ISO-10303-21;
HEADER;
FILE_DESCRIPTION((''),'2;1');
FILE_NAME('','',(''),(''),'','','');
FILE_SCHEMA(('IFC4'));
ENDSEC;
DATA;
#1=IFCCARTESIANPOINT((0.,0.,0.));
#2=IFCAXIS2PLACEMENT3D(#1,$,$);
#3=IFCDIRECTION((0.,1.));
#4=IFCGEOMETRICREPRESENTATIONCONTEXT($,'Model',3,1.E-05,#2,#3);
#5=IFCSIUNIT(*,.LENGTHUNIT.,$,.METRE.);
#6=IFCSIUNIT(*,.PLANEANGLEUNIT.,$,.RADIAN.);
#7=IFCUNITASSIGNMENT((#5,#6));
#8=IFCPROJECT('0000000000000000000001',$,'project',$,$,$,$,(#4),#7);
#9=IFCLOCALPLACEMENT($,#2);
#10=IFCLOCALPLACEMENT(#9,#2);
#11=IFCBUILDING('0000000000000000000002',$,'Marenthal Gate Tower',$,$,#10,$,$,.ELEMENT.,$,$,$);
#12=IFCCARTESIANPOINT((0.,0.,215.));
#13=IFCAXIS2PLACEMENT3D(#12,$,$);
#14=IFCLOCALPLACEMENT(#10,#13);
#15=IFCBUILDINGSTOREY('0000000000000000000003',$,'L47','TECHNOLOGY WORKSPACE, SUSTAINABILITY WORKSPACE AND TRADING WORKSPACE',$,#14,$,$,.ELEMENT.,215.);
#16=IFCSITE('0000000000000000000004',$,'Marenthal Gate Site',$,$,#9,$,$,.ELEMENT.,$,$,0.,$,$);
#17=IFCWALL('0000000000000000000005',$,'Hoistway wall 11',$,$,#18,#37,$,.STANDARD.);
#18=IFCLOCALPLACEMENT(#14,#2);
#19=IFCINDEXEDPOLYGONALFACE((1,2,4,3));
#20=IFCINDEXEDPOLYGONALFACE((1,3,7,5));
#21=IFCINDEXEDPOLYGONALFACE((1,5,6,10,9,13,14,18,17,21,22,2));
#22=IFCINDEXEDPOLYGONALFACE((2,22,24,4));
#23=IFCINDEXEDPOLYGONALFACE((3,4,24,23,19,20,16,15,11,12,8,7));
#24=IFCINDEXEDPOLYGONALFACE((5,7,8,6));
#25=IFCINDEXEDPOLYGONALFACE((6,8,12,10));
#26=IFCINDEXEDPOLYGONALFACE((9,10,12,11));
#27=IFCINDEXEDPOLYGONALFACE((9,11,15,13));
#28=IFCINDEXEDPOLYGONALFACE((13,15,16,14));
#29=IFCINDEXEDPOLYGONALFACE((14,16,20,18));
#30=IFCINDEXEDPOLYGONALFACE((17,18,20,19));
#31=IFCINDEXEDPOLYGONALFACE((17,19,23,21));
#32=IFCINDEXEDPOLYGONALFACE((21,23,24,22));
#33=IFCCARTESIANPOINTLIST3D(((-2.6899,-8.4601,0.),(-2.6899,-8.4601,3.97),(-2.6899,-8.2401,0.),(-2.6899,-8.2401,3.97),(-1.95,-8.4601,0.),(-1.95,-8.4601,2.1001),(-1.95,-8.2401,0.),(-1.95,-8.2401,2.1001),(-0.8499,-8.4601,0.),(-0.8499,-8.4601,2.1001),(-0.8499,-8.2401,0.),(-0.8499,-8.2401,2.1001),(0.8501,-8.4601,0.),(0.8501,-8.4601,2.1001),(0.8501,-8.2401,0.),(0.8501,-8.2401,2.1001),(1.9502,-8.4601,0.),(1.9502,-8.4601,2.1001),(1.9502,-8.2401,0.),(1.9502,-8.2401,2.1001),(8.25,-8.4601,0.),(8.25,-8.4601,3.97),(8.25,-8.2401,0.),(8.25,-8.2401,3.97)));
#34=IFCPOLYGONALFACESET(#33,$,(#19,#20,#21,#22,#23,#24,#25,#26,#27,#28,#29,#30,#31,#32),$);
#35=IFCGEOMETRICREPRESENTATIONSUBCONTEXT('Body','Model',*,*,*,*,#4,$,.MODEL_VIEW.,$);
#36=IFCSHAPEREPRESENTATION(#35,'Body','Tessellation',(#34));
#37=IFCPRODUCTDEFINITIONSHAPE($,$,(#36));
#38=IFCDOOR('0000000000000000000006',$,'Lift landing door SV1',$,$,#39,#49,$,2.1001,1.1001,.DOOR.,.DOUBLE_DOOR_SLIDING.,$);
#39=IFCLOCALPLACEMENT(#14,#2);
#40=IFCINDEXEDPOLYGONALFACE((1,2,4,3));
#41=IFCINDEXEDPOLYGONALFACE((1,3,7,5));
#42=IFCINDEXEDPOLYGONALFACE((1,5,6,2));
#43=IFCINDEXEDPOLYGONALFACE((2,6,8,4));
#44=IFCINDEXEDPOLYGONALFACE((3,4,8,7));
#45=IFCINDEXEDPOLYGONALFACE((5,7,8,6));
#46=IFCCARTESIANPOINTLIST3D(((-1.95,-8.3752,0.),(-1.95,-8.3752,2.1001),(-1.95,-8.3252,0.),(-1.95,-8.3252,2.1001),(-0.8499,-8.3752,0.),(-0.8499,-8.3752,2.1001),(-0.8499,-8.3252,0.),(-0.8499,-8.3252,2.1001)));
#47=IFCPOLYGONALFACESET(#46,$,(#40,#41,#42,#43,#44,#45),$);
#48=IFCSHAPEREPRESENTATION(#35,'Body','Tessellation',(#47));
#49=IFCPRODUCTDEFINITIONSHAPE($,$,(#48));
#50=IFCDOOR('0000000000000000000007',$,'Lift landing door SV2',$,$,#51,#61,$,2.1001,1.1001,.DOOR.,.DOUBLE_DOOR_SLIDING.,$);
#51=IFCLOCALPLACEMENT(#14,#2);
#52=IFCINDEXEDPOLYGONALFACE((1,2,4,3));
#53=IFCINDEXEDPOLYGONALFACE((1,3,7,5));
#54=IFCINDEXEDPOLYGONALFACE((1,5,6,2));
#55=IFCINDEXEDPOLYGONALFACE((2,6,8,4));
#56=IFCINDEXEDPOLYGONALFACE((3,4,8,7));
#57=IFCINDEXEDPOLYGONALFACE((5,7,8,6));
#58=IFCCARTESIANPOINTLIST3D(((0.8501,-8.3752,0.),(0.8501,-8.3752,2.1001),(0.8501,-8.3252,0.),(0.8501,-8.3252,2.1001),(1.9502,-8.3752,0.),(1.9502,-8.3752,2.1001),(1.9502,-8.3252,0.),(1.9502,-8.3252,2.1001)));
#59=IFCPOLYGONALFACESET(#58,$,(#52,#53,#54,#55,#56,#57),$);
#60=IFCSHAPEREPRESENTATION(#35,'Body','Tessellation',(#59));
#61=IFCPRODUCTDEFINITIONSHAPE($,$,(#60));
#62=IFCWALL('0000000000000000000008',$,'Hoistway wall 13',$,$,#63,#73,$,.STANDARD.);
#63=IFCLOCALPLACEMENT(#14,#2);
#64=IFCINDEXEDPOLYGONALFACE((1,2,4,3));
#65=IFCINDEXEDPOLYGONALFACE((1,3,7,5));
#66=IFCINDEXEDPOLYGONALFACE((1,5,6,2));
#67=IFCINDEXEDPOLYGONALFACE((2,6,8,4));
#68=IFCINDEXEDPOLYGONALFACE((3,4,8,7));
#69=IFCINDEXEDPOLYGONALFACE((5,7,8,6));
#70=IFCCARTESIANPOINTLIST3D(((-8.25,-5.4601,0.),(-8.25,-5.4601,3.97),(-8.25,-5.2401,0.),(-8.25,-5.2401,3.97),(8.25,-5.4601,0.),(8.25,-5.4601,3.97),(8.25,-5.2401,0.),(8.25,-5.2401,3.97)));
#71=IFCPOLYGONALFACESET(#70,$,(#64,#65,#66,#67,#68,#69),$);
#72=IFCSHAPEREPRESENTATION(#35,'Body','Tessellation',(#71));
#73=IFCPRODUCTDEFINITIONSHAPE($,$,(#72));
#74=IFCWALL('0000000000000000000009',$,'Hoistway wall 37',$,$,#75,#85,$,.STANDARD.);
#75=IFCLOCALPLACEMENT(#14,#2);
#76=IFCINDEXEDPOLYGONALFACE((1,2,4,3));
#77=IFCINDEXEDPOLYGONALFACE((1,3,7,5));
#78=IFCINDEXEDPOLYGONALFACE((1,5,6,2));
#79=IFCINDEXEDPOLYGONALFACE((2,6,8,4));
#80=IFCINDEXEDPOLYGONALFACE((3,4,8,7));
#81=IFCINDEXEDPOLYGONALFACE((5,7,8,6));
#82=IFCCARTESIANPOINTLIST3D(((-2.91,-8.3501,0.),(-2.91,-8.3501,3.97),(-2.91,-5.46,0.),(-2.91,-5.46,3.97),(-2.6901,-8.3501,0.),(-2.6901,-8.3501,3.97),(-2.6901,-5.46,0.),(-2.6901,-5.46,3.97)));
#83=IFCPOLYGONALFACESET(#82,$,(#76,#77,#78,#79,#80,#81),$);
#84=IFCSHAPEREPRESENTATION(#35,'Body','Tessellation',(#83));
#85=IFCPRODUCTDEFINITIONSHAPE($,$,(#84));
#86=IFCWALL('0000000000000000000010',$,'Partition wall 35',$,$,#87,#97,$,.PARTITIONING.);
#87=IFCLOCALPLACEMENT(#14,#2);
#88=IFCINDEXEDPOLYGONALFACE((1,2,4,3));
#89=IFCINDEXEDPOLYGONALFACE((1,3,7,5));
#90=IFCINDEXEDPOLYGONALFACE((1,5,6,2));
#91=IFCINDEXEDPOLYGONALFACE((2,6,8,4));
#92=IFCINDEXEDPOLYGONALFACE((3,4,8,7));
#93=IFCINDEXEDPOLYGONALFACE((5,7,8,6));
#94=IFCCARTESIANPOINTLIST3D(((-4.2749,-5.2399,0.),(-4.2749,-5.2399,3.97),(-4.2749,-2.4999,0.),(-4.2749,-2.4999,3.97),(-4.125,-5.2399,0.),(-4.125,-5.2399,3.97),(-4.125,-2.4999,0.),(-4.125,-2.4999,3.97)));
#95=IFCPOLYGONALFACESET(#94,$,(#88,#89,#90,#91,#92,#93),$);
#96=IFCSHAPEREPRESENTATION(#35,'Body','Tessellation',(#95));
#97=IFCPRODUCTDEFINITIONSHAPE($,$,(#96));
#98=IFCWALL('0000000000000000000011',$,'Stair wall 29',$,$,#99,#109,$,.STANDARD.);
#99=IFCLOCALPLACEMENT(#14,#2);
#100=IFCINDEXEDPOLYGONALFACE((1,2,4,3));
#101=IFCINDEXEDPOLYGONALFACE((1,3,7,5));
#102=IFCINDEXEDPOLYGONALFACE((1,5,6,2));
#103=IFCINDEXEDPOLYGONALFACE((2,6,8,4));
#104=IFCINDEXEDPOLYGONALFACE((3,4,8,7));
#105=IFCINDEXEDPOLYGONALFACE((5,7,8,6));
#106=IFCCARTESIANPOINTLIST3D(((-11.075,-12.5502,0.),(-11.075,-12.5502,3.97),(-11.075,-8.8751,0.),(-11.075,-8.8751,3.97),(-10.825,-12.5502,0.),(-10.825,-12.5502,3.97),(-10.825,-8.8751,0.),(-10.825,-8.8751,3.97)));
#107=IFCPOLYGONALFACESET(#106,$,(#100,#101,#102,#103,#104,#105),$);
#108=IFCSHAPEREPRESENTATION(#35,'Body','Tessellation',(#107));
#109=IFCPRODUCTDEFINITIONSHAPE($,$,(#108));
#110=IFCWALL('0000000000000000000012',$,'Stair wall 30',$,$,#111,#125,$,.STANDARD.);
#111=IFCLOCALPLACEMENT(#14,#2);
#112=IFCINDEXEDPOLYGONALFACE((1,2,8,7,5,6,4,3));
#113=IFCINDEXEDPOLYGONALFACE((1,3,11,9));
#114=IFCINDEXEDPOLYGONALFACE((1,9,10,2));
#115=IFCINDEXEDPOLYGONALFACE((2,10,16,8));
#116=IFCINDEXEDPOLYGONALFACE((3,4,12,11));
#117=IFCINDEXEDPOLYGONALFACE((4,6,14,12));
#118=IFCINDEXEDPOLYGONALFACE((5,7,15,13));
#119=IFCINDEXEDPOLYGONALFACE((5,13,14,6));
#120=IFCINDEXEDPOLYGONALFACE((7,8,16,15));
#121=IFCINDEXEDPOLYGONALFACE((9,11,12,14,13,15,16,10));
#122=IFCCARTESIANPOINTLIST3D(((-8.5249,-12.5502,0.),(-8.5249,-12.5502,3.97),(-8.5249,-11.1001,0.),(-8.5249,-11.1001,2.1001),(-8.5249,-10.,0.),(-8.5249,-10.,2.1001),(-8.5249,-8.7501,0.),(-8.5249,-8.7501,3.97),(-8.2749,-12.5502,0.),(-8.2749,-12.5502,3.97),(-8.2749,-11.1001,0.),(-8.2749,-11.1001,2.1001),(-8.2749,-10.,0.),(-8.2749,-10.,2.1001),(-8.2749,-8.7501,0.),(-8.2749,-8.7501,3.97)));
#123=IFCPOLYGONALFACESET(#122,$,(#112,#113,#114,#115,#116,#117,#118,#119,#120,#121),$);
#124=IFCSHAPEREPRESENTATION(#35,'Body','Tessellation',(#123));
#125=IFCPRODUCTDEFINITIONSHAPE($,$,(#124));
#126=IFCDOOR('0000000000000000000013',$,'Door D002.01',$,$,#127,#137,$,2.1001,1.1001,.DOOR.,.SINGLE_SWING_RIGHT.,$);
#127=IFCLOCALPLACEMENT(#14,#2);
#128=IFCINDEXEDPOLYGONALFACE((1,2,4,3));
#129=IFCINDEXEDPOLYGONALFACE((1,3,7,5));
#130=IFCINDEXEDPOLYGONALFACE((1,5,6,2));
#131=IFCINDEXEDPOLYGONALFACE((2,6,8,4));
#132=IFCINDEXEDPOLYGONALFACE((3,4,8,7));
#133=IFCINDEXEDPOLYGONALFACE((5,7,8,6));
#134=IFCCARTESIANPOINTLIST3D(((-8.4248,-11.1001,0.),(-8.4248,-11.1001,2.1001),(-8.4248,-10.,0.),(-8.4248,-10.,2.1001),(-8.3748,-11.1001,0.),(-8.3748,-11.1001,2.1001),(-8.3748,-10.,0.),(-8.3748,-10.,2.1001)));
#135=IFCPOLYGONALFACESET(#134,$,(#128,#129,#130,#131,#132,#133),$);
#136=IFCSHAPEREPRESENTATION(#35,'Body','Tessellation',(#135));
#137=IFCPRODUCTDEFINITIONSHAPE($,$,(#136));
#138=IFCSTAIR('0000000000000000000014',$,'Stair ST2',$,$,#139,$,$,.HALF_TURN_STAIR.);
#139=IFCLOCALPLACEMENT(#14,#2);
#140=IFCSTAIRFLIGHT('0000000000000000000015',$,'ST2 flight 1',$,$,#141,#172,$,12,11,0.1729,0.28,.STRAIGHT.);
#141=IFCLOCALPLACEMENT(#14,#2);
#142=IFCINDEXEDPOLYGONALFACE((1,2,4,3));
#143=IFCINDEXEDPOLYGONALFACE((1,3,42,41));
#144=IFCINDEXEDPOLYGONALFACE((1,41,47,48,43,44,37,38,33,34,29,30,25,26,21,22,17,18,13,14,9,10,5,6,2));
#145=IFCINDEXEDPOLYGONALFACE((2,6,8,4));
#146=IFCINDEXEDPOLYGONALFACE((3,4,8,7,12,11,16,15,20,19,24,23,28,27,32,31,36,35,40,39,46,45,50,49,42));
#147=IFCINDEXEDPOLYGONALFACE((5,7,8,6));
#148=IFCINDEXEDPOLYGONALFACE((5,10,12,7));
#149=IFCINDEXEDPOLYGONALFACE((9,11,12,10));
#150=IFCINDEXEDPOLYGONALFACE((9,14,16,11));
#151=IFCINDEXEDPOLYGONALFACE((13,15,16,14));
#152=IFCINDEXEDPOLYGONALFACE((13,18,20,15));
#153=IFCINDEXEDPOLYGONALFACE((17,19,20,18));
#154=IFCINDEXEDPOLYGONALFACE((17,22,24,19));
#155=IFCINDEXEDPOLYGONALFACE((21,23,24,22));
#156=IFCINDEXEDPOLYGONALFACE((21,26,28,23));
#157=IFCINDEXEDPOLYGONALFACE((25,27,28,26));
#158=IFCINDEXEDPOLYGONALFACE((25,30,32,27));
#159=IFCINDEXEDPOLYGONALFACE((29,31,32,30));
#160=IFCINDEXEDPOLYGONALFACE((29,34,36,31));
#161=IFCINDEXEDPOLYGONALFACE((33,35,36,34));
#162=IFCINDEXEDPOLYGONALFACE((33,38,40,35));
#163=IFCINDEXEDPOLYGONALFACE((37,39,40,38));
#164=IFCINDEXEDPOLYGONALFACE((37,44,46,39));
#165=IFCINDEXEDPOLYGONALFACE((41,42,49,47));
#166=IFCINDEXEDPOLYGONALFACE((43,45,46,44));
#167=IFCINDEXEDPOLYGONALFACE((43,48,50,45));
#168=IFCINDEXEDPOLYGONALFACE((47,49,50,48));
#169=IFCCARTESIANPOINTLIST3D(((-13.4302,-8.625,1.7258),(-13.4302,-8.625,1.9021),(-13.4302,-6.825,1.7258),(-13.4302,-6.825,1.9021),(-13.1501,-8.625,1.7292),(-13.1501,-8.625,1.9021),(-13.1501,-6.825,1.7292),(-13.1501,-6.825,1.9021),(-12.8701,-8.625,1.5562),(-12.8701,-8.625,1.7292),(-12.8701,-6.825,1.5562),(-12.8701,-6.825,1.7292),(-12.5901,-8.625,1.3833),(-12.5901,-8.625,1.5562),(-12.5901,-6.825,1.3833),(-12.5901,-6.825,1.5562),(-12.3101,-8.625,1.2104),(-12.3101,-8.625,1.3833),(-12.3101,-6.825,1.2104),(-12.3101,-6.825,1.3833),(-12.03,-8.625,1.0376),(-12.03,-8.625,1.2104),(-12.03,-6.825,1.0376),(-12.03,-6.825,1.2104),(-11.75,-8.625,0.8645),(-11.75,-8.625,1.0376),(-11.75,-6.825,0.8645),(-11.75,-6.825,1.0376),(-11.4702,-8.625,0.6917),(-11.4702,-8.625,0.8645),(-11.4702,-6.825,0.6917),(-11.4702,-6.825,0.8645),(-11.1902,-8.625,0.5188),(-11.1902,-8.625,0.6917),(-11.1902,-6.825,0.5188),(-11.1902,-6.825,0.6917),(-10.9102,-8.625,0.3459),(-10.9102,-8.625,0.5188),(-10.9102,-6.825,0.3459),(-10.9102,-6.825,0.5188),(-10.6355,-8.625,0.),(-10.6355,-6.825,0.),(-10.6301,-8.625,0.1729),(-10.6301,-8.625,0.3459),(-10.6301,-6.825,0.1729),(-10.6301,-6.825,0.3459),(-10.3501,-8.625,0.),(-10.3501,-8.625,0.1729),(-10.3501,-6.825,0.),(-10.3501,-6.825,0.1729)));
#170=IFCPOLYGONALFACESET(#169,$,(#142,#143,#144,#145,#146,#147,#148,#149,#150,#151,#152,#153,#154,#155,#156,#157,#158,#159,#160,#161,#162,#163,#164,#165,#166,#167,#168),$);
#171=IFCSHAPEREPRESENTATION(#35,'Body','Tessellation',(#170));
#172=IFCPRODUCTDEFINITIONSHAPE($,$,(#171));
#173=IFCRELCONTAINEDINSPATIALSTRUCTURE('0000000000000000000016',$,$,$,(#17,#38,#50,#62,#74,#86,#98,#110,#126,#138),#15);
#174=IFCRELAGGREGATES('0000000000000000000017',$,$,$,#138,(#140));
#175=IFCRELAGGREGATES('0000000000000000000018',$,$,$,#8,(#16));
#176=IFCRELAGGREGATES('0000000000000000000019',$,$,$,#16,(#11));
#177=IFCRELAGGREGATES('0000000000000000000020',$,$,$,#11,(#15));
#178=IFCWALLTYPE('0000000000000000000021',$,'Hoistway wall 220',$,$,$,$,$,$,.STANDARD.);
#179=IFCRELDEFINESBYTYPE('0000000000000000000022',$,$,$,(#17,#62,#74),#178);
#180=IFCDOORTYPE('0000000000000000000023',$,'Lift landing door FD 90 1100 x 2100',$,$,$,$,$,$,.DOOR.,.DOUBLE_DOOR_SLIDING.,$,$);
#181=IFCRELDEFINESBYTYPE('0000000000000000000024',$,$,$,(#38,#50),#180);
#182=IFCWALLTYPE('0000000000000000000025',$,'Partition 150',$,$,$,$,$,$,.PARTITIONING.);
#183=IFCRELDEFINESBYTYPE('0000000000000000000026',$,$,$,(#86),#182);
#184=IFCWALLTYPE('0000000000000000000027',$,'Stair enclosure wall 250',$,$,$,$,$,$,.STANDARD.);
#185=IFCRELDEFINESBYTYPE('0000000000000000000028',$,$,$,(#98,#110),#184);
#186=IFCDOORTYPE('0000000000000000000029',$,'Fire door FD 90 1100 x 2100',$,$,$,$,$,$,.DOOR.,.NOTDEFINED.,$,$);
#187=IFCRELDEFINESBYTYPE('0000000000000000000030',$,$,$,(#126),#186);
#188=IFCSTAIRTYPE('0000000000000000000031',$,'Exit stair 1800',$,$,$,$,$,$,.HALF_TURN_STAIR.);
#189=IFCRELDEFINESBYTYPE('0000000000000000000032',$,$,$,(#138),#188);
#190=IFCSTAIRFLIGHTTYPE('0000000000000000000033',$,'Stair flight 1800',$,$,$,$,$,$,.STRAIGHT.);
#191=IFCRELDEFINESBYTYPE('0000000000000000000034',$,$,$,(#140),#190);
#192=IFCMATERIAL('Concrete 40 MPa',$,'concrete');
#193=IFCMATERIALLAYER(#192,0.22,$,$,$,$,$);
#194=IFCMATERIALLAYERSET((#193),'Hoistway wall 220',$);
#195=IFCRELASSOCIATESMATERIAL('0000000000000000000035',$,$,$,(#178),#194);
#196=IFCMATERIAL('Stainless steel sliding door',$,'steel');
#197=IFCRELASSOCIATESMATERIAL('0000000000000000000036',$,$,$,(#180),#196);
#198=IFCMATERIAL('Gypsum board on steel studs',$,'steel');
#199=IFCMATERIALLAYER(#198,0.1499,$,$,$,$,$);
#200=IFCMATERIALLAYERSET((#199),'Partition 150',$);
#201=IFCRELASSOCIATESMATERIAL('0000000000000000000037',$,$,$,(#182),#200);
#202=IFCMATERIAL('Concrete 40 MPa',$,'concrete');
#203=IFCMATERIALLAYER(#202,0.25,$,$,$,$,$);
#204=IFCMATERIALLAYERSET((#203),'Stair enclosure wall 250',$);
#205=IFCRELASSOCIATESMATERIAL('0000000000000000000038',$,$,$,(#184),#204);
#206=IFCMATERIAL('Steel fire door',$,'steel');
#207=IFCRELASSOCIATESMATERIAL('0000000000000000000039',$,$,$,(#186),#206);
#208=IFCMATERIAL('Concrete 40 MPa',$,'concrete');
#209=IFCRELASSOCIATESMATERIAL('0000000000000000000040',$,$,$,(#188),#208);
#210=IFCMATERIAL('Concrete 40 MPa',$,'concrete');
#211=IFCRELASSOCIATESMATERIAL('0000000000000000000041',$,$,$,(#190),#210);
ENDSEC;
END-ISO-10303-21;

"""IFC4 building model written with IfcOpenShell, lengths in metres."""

from ifc_helpers import new_model, si_unit, direction, frame, frame_2d, origin, place, context, subcontext, project, spatial, polyline, rectangle, outline, extrude, material, layer, layer_set, type_object, element, fill, aggregate, save


model = new_model("IFC4")

# Units and contexts
model_context = context("Model", 3, precision=1e-05, world=origin(), true_north=direction((0.0, 1.0)))
body_context = subcontext(model_context, "Body", "Model", "MODEL_VIEW")
ifc_project = project(units=[si_unit("LENGTHUNIT", "METRE"), si_unit("PLANEANGLEUNIT", "RADIAN")], contexts=[model_context])

# Site, building, storey
site_placement = place(None, origin())
site = spatial("IfcSite", under=ifc_project, at=site_placement, Name="Marenthal Gate Site", CompositionType="ELEMENT", RefElevation=0.0)
building_placement = place(site_placement, origin())
building = spatial("IfcBuilding", under=site, at=building_placement, Name="Marenthal Gate Tower", CompositionType="ELEMENT")
storey_placement = place(building_placement, frame((0.0, 0.0, 215.0)))
storey = spatial("IfcBuildingStorey", under=building, at=storey_placement, Name="L47", Description="TECHNOLOGY WORKSPACE, SUSTAINABILITY WORKSPACE AND TRADING WORKSPACE", CompositionType="ELEMENT", Elevation=215.0)

# Wall, openings, doors
ifc_material_1 = material(Name="Concrete 40 MPa", Category="concrete")
ifc_layer_1 = layer(ifc_material_1, 0.22)
ifc_layer_set_1 = layer_set([ifc_layer_1], Name="Hoistway wall 220")
wall_type_1 = type_object("IfcWallType", Name="Hoistway wall 220", PredefinedType="STANDARD", material=ifc_layer_set_1)
ifc_material_2 = material(Name="Stainless steel sliding door", Category="steel")
door_type_1 = type_object("IfcDoorType", Name="Lift landing door FD 90 1100 x 2100", OperationType="DOUBLE_DOOR_SLIDING", PredefinedType="DOOR", material=ifc_material_2)
wall_1_placement = place(storey_placement, frame((-2.6899, -8.3501, 0.0), z_axis=(0.0, 0.0, 1.0), x_axis=(1.0, 0.0, 0.0)))
wall_1 = element("IfcWall", 1, at=wall_1_placement, inside=storey, type_object=wall_type_1, Name="Hoistway wall 11", PredefinedType="STANDARD", context=body_context, shape_type="SweptSolid", body=[
    extrude(rectangle(XDim=10.9399, YDim=0.22, at=frame_2d((5.47, 0.0))), origin(), (0.0, 0.0, 1.0), 3.97),
])
opening_1_placement = place(wall_1_placement, frame((0.74, 0.0, 0.0)))
opening_1 = element("IfcOpeningElement", 2, at=opening_1_placement, cuts=wall_1, PredefinedType="OPENING", context=body_context, shape_type="SweptSolid", body=[
    extrude(rectangle(XDim=1.1001, YDim=2.1001, at=frame_2d((0.55, 1.05))), frame((0.0, 0.1201, 0.0), z_axis=(0.0, -1.0, 0.0), x_axis=(1.0, 0.0, 0.0)), (0.0, 0.0, 1.0), 0.24),
])
opening_2_placement = place(wall_1_placement, frame((3.54, 0.0, 0.0)))
opening_2 = element("IfcOpeningElement", 3, at=opening_2_placement, cuts=wall_1, PredefinedType="OPENING", context=body_context, shape_type="SweptSolid", body=[
    extrude(rectangle(XDim=1.1001, YDim=2.1001, at=frame_2d((0.55, 1.05))), frame((0.0, 0.1201, 0.0), z_axis=(0.0, -1.0, 0.0), x_axis=(1.0, 0.0, 0.0)), (0.0, 0.0, 1.0), 0.24),
])
door_1_placement = place(opening_1_placement, origin())
door_1 = element("IfcDoor", 4, at=door_1_placement, inside=storey, type_object=door_type_1, Name="Lift landing door SV1", OperationType="DOUBLE_DOOR_SLIDING", OverallHeight=2.1001, OverallWidth=1.1001, PredefinedType="DOOR", context=body_context, shape_type="SweptSolid", body=[
    extrude(rectangle(XDim=1.1001, YDim=2.1001, at=frame_2d((0.55, 1.05))), frame((0.0, 0.0249, 0.0), z_axis=(0.0, -1.0, 0.0), x_axis=(1.0, 0.0, 0.0)), (0.0, 0.0, 1.0), 0.05),
])
fill(opening_1, door_1)
door_2_placement = place(opening_2_placement, origin())
door_2 = element("IfcDoor", 5, at=door_2_placement, inside=storey, type_object=door_type_1, Name="Lift landing door SV2", OperationType="DOUBLE_DOOR_SLIDING", OverallHeight=2.1001, OverallWidth=1.1001, PredefinedType="DOOR", context=body_context, shape_type="SweptSolid", body=[
    extrude(rectangle(XDim=1.1001, YDim=2.1001, at=frame_2d((0.55, 1.05))), frame((0.0, 0.0249, 0.0), z_axis=(0.0, -1.0, 0.0), x_axis=(1.0, 0.0, 0.0)), (0.0, 0.0, 1.0), 0.05),
])
fill(opening_2, door_2)

# Walls
wall_2_placement = place(storey_placement, frame((-8.25, -5.3501, 0.0), z_axis=(0.0, 0.0, 1.0), x_axis=(1.0, 0.0, 0.0)))
element("IfcWall", 6, at=wall_2_placement, inside=storey, type_object=wall_type_1, Name="Hoistway wall 13", PredefinedType="STANDARD", context=body_context, shape_type="SweptSolid", body=[
    extrude(rectangle(XDim=16.5, YDim=0.22, at=frame_2d((8.25, 0.0))), origin(), (0.0, 0.0, 1.0), 3.97),
])
wall_3_placement = place(storey_placement, frame((-2.8, -8.3501, 0.0), z_axis=(0.0, 0.0, 1.0), x_axis=(0.0, 1.0, 0.0)))
element("IfcWall", 7, at=wall_3_placement, inside=storey, type_object=wall_type_1, Name="Hoistway wall 37", PredefinedType="STANDARD", context=body_context, shape_type="SweptSolid", body=[
    extrude(rectangle(XDim=2.8901, YDim=0.22, at=frame_2d((1.4451, 0.0))), origin(), (0.0, 0.0, 1.0), 3.97),
])
ifc_material_3 = material(Name="Gypsum board on steel studs", Category="steel")
ifc_layer_2 = layer(ifc_material_3, 0.1499)
ifc_layer_set_2 = layer_set([ifc_layer_2], Name="Partition 150")
wall_type_2 = type_object("IfcWallType", Name="Partition 150", PredefinedType="PARTITIONING", material=ifc_layer_set_2)
wall_4_placement = place(storey_placement, frame((-4.2, -5.24, 0.0), z_axis=(0.0, 0.0, 1.0), x_axis=(0.0, 1.0, 0.0)))
element("IfcWall", 8, at=wall_4_placement, inside=storey, type_object=wall_type_2, Name="Partition wall 35", PredefinedType="PARTITIONING", context=body_context, shape_type="SweptSolid", body=[
    extrude(rectangle(XDim=2.74, YDim=0.1499, at=frame_2d((1.3701, 0.0))), origin(), (0.0, 0.0, 1.0), 3.97),
])
ifc_material_4 = material(Name="Concrete 40 MPa", Category="concrete")
ifc_layer_3 = layer(ifc_material_4, 0.25)
ifc_layer_set_3 = layer_set([ifc_layer_3], Name="Stair enclosure wall 250")
wall_type_3 = type_object("IfcWallType", Name="Stair enclosure wall 250", PredefinedType="STANDARD", material=ifc_layer_set_3)
wall_5_placement = place(storey_placement, frame((-10.95, -12.55, 0.0), z_axis=(0.0, 0.0, 1.0), x_axis=(0.0, 1.0, 0.0)))
element("IfcWall", 9, at=wall_5_placement, inside=storey, type_object=wall_type_3, Name="Stair wall 29", PredefinedType="STANDARD", context=body_context, shape_type="SweptSolid", body=[
    extrude(rectangle(XDim=3.675, YDim=0.25, at=frame_2d((1.8374, 0.0))), origin(), (0.0, 0.0, 1.0), 3.97),
])

# Wall, opening, door
wall_6_placement = place(storey_placement, frame((-8.3999, -12.55, 0.0), z_axis=(0.0, 0.0, 1.0), x_axis=(0.0, 1.0, 0.0)))
wall_6 = element("IfcWall", 10, at=wall_6_placement, inside=storey, type_object=wall_type_3, Name="Stair wall 30", PredefinedType="STANDARD", context=body_context, shape_type="SweptSolid", body=[
    extrude(rectangle(XDim=3.8, YDim=0.25, at=frame_2d((1.8999, 0.0))), origin(), (0.0, 0.0, 1.0), 3.97),
])
opening_3_placement = place(wall_6_placement, frame((1.45, 0.0, 0.0)))
opening_3 = element("IfcOpeningElement", 11, at=opening_3_placement, cuts=wall_6, PredefinedType="OPENING", context=body_context, shape_type="SweptSolid", body=[
    extrude(rectangle(XDim=1.1001, YDim=2.1001, at=frame_2d((0.55, 1.05))), frame((0.0, 0.135, 0.0), z_axis=(0.0, -1.0, 0.0), x_axis=(1.0, 0.0, 0.0)), (0.0, 0.0, 1.0), 0.27),
])
ifc_material_5 = material(Name="Steel fire door", Category="steel")
door_type_2 = type_object("IfcDoorType", Name="Fire door FD 90 1100 x 2100", OperationType="NOTDEFINED", PredefinedType="DOOR", material=ifc_material_5)
door_3_placement = place(opening_3_placement, origin())
door_3 = element("IfcDoor", 12, at=door_3_placement, inside=storey, type_object=door_type_2, Name="Door D002.01", OperationType="SINGLE_SWING_RIGHT", OverallHeight=2.1001, OverallWidth=1.1001, PredefinedType="DOOR", context=body_context, shape_type="SweptSolid", body=[
    extrude(rectangle(XDim=1.1001, YDim=2.1001, at=frame_2d((0.55, 1.05))), frame((0.0, 0.0249, 0.0), z_axis=(0.0, -1.0, 0.0), x_axis=(1.0, 0.0, 0.0)), (0.0, 0.0, 1.0), 0.05),
])
fill(opening_3, door_3)

# Stair, stair flight
ifc_material_6 = material(Name="Concrete 40 MPa", Category="concrete")
stair_type = type_object("IfcStairType", Name="Exit stair 1800", PredefinedType="HALF_TURN_STAIR", material=ifc_material_6)
stair_placement = place(storey_placement, origin())
stair = element("IfcStair", 13, at=stair_placement, inside=storey, type_object=stair_type, Name="Stair ST2", PredefinedType="HALF_TURN_STAIR")
ifc_material_7 = material(Name="Concrete 40 MPa", Category="concrete")
stair_flight_type = type_object("IfcStairFlightType", Name="Stair flight 1800", PredefinedType="STRAIGHT", material=ifc_material_7)
stair_flight_1_placement = place(storey_placement, frame((-10.3501, -7.7251, 0.0), z_axis=(0.0, 0.0, 1.0), x_axis=(-1.0, 0.0, 0.0)))
stair_flight_1 = element("IfcStairFlight", 14, at=stair_flight_1_placement, type_object=stair_flight_type, Name="ST2 flight 1", NumberOfRisers=12, NumberOfTreads=11, PredefinedType="STRAIGHT", RiserHeight=0.1729, TreadLength=0.28, context=body_context, shape_type="SweptSolid", body=[
    extrude(outline(polyline([(0.0, 0.0), (0.0, 0.1729), (0.28, 0.1729), (0.28, 0.3459), (0.5601, 0.3459), (0.5601, 0.5188), (0.8401, 0.5188), (0.8401, 0.6917), (1.1201, 0.6917), (1.1201, 0.8645), (1.3999, 0.8645), (1.3999, 1.0376), (1.6799, 1.0376), (1.6799, 1.2104), (1.96, 1.2104), (1.96, 1.3833), (2.24, 1.3833), (2.24, 1.5562), (2.52, 1.5562), (2.52, 1.7292), (2.8, 1.7292), (2.8, 1.9021), (3.0801, 1.9021), (3.0801, 2.075), (3.0801, 1.7258), (0.2854, 0.0), (0.0, 0.0)])), frame((0.0, 0.8999, 0.0), z_axis=(0.0, -1.0, 0.0), x_axis=(1.0, 0.0, 0.0)), (0.0, 0.0, 1.0), 1.8),
])
aggregate(stair, [stair_flight_1])

save(model, "model.ifc")
